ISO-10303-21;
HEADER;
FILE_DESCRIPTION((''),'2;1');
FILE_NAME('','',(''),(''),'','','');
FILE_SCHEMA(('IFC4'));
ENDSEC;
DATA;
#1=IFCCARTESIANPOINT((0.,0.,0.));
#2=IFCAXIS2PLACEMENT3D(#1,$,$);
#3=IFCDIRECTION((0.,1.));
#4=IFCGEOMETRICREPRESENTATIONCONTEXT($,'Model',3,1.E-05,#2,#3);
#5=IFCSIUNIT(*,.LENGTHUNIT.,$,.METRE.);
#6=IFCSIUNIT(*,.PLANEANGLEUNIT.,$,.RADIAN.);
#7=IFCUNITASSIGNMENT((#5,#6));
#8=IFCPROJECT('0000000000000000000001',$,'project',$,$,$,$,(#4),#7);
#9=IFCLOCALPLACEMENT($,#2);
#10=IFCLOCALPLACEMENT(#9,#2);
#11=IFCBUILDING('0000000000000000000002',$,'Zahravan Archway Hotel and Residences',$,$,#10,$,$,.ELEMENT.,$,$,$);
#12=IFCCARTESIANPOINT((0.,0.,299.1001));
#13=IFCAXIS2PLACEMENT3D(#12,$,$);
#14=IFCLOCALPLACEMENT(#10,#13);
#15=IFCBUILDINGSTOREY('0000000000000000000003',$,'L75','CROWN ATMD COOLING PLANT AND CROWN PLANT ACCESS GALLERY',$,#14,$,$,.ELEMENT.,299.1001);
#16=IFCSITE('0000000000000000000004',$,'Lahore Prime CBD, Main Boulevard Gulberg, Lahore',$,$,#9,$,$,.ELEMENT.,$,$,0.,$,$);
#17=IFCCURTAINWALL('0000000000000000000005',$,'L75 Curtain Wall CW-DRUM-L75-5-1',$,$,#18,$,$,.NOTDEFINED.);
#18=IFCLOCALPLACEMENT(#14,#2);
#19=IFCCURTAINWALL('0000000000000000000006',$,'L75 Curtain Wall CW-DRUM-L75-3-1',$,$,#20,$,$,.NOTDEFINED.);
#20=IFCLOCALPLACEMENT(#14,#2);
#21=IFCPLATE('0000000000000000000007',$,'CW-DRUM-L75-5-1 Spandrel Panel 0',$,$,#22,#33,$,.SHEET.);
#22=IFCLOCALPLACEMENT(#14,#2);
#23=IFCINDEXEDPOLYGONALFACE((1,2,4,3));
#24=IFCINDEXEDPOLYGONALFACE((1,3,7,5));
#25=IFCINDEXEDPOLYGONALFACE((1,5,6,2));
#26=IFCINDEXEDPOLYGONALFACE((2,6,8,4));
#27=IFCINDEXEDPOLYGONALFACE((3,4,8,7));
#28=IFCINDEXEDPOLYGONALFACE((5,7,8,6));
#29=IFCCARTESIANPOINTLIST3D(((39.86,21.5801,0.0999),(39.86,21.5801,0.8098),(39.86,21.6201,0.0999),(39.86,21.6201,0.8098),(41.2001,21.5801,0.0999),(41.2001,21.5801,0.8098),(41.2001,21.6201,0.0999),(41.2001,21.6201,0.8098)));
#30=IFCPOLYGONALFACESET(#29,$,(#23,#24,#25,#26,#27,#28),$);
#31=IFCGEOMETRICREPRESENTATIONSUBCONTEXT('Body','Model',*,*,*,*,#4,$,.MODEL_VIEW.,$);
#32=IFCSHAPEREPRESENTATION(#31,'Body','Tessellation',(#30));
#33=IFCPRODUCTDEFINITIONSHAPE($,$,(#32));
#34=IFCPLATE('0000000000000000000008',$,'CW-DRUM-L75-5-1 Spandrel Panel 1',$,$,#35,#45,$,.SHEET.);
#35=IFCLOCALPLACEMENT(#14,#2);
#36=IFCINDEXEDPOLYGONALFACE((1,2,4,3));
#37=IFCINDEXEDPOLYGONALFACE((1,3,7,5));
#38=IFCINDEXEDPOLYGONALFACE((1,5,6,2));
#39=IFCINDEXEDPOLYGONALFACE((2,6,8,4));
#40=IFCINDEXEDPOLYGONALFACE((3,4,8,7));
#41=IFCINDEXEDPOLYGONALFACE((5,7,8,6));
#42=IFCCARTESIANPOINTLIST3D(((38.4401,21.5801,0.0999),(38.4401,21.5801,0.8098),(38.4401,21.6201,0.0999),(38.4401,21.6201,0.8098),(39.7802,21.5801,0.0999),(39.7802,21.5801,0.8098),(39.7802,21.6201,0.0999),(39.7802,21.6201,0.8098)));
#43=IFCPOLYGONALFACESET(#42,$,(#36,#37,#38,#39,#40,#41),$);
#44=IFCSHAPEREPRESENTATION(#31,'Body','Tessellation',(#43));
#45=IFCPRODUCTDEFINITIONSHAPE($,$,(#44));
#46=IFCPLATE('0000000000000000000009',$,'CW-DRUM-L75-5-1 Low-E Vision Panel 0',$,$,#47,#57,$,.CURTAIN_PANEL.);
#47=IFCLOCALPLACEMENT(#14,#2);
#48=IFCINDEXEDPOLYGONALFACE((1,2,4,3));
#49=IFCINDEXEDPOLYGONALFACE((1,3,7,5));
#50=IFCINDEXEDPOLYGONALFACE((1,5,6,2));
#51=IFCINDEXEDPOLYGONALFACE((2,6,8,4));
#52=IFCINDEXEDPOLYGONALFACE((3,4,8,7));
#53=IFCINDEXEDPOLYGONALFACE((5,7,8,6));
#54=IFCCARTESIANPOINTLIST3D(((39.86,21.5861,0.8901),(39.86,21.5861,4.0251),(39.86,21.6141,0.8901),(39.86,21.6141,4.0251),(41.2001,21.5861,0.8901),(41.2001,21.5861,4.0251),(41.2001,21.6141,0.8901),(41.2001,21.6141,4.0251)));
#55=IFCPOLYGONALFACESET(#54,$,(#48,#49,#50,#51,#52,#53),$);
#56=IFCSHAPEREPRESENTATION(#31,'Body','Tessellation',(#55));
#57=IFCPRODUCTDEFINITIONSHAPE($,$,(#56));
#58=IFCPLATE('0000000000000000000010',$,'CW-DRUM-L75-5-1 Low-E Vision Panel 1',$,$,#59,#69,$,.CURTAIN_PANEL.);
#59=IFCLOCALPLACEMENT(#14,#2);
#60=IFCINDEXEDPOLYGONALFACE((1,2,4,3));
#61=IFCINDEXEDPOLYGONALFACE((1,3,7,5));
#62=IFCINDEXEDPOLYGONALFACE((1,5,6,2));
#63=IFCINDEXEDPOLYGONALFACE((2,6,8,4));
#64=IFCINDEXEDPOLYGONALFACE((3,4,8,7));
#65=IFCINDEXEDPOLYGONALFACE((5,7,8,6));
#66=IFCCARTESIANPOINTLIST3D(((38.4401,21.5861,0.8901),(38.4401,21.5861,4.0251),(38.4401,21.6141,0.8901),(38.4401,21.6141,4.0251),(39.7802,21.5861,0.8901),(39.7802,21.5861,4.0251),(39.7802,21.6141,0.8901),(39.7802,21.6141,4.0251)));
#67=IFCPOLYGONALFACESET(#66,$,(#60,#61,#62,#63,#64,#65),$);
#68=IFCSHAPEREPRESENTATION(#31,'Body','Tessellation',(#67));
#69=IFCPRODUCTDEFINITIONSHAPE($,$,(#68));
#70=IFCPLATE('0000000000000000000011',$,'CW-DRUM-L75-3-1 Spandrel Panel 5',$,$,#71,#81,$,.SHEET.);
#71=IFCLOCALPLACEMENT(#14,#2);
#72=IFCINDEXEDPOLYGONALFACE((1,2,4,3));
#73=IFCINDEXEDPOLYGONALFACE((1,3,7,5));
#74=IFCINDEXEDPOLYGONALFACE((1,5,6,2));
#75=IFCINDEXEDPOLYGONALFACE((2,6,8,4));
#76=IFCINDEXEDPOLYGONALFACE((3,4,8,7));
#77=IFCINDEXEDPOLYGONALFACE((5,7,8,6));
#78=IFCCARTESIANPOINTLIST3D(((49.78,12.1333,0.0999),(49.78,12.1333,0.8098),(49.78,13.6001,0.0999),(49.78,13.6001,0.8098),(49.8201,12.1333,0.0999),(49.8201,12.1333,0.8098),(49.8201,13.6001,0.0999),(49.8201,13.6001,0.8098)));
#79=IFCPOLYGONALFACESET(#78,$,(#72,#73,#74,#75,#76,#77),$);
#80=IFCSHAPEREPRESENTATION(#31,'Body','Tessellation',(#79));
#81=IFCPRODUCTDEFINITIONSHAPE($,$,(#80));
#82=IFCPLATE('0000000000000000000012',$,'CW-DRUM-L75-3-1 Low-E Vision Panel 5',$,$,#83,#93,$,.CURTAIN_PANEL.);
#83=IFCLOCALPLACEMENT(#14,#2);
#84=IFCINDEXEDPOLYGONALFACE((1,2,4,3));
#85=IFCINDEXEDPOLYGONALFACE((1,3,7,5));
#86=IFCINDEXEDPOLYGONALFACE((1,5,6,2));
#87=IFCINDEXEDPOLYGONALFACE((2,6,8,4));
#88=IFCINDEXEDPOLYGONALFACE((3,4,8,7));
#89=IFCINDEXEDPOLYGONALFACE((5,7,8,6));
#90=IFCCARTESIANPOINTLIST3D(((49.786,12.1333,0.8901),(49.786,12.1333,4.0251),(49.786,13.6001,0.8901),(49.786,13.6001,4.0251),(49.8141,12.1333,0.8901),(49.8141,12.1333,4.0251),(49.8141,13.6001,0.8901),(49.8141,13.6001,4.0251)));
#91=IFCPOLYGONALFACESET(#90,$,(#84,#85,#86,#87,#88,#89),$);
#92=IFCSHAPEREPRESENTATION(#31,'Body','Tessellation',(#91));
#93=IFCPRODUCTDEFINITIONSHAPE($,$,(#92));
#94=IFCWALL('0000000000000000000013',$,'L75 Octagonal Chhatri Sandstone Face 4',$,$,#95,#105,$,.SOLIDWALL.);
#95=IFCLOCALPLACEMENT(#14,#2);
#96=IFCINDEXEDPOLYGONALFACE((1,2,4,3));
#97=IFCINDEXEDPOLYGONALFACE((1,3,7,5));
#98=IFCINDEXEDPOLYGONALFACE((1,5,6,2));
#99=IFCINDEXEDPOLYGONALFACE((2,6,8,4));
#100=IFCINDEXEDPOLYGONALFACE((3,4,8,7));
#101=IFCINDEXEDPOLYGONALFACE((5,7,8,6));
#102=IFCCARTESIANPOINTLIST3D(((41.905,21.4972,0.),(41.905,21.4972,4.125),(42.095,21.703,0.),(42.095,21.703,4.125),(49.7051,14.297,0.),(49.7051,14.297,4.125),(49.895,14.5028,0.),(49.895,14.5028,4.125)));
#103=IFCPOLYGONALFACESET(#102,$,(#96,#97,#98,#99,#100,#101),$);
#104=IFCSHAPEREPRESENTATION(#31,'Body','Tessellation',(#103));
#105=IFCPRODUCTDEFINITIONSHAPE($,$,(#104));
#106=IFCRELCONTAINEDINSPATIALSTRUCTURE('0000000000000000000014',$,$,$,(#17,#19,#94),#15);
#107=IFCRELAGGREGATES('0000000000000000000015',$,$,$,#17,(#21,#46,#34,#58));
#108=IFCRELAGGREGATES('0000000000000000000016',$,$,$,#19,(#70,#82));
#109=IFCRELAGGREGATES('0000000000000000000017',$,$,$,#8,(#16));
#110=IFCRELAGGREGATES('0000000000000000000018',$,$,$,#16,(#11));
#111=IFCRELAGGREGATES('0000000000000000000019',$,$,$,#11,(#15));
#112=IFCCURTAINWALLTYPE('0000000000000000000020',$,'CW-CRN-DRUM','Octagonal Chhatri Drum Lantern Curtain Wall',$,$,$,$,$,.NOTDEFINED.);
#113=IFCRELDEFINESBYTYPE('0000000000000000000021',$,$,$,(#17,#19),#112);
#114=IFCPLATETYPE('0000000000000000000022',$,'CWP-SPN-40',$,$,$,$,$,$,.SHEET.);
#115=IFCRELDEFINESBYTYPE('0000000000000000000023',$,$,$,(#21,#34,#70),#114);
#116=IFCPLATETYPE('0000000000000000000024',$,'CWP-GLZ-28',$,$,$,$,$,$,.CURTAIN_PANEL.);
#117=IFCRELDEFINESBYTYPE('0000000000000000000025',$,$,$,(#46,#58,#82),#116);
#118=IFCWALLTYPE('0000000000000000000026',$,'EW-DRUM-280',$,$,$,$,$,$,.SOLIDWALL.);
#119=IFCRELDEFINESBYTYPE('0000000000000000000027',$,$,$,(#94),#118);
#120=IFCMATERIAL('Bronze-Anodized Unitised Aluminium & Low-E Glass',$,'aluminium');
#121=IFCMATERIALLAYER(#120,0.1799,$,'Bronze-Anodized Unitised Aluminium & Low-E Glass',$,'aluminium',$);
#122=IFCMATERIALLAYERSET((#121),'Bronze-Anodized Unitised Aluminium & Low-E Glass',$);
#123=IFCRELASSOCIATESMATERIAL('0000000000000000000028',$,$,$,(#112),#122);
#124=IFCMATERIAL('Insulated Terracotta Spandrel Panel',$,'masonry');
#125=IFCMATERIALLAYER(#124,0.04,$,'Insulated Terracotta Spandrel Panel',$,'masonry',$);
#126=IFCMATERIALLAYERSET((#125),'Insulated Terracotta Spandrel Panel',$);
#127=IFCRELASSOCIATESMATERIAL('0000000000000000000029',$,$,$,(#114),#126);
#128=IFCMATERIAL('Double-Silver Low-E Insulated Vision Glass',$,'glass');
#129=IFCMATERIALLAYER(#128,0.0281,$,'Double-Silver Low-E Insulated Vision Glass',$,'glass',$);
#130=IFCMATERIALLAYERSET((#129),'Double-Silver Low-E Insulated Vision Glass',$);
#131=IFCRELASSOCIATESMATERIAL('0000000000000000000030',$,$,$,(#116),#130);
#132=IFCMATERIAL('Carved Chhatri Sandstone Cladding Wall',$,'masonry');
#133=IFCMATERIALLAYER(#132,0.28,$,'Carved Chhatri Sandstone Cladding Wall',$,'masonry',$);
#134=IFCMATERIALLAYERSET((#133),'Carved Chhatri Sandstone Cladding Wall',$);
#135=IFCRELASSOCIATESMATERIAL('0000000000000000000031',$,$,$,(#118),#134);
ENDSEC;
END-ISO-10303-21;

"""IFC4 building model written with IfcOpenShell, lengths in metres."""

from ifc_helpers import new_model, si_unit, direction, frame, frame_2d, origin, origin_2d, place, context, subcontext, project, spatial, rectangle, extrude, source, transform, mapped, material, layer, layer_set, type_object, element, aggregate, save


model = new_model("IFC4")

# Units and contexts
model_context = context("Model", 3, precision=1e-05, world=origin(), true_north=direction((0.0, 1.0)))
body_context = subcontext(model_context, "Body", "Model", "MODEL_VIEW")
ifc_project = project(units=[si_unit("LENGTHUNIT", "METRE"), si_unit("PLANEANGLEUNIT", "RADIAN")], contexts=[model_context])

# Site, building, storey
site_placement = place(None, origin())
site = spatial("IfcSite", under=ifc_project, at=site_placement, Name="Lahore Prime CBD, Main Boulevard Gulberg, Lahore", CompositionType="ELEMENT", RefElevation=0.0)
building_placement = place(site_placement, origin())
building = spatial("IfcBuilding", under=site, at=building_placement, Name="Zahravan Archway Hotel and Residences", CompositionType="ELEMENT")
storey_placement = place(building_placement, frame((0.0, 0.0, 299.1001)))
storey = spatial("IfcBuildingStorey", under=building, at=storey_placement, Name="L75", Description="CROWN ATMD COOLING PLANT AND CROWN PLANT ACCESS GALLERY", CompositionType="ELEMENT", Elevation=299.1001)

# Curtain wall
ifc_material_1 = material(Name="Bronze-Anodized Unitised Aluminium & Low-E Glass", Category="aluminium")
ifc_layer_1 = layer(ifc_material_1, 0.1799, Name="Bronze-Anodized Unitised Aluminium & Low-E Glass", Category="aluminium")
ifc_layer_set_1 = layer_set([ifc_layer_1], Name="Bronze-Anodized Unitised Aluminium & Low-E Glass")
curtain_wall_type = type_object("IfcCurtainWallType", Name="CW-CRN-DRUM", Description="Octagonal Chhatri Drum Lantern Curtain Wall", PredefinedType="NOTDEFINED", material=ifc_layer_set_1)
curtain_wall_1_placement = place(storey_placement, origin())
curtain_wall_1 = element("IfcCurtainWall", 1, at=curtain_wall_1_placement, inside=storey, type_object=curtain_wall_type, Name="L75 Curtain Wall CW-DRUM-L75-5-1", PredefinedType="NOTDEFINED")

# Curtain wall
curtain_wall_2_placement = place(storey_placement, origin())
curtain_wall_2 = element("IfcCurtainWall", 2, at=curtain_wall_2_placement, inside=storey, type_object=curtain_wall_type, Name="L75 Curtain Wall CW-DRUM-L75-3-1", PredefinedType="NOTDEFINED")

# Plates
ifc_material_2 = material(Name="Insulated Terracotta Spandrel Panel", Category="masonry")
ifc_layer_2 = layer(ifc_material_2, 0.04, Name="Insulated Terracotta Spandrel Panel", Category="masonry")
ifc_layer_set_2 = layer_set([ifc_layer_2], Name="Insulated Terracotta Spandrel Panel")
plate_type_1 = type_object("IfcPlateType", Name="CWP-SPN-40", PredefinedType="SHEET", material=ifc_layer_set_2)
shared_shape_1 = source(origin(), body_context, "Body", "SweptSolid", [
    extrude(rectangle(XDim=1.3401, YDim=0.04, at=origin_2d()), origin(), (0.0, 0.0, 1.0), 0.71),
])
plate_1_placement = place(storey_placement, frame((40.53, 21.6001, 0.0999), z_axis=(0.0, 0.0, 1.0), x_axis=(-1.0, 0.0, 0.0)))
plate_1 = element("IfcPlate", 3, at=plate_1_placement, type_object=plate_type_1, Name="CW-DRUM-L75-5-1 Spandrel Panel 0", PredefinedType="SHEET", context=body_context, shape_type="MappedRepresentation", body=[
    mapped(shared_shape_1, transform((0.0, 0.0, 0.0), scale=1.0)),
])
plate_2_placement = place(storey_placement, frame((39.1101, 21.6001, 0.0999), z_axis=(0.0, 0.0, 1.0), x_axis=(-1.0, 0.0, 0.0)))
plate_2 = element("IfcPlate", 4, at=plate_2_placement, type_object=plate_type_1, Name="CW-DRUM-L75-5-1 Spandrel Panel 1", PredefinedType="SHEET", context=body_context, shape_type="MappedRepresentation", body=[
    mapped(shared_shape_1, transform((0.0, 0.0, 0.0), scale=1.0)),
])
ifc_material_3 = material(Name="Double-Silver Low-E Insulated Vision Glass", Category="glass")
ifc_layer_3 = layer(ifc_material_3, 0.0281, Name="Double-Silver Low-E Insulated Vision Glass", Category="glass")
ifc_layer_set_3 = layer_set([ifc_layer_3], Name="Double-Silver Low-E Insulated Vision Glass")
plate_type_2 = type_object("IfcPlateType", Name="CWP-GLZ-28", PredefinedType="CURTAIN_PANEL", material=ifc_layer_set_3)
shared_shape_2 = source(origin(), body_context, "Body", "SweptSolid", [
    extrude(rectangle(XDim=1.3401, YDim=0.0281, at=origin_2d()), origin(), (0.0, 0.0, 1.0), 3.135),
])
plate_3_placement = place(storey_placement, frame((40.53, 21.6001, 0.8901), z_axis=(0.0, 0.0, 1.0), x_axis=(-1.0, 0.0, 0.0)))
plate_3 = element("IfcPlate", 5, at=plate_3_placement, type_object=plate_type_2, Name="CW-DRUM-L75-5-1 Low-E Vision Panel 0", PredefinedType="CURTAIN_PANEL", context=body_context, shape_type="MappedRepresentation", body=[
    mapped(shared_shape_2, transform((0.0, 0.0, 0.0), scale=1.0)),
])
plate_4_placement = place(storey_placement, frame((39.1101, 21.6001, 0.8901), z_axis=(0.0, 0.0, 1.0), x_axis=(-1.0, 0.0, 0.0)))
plate_4 = element("IfcPlate", 6, at=plate_4_placement, type_object=plate_type_2, Name="CW-DRUM-L75-5-1 Low-E Vision Panel 1", PredefinedType="CURTAIN_PANEL", context=body_context, shape_type="MappedRepresentation", body=[
    mapped(shared_shape_2, transform((0.0, 0.0, 0.0), scale=1.0)),
])
aggregate(curtain_wall_1, [plate_1, plate_3, plate_2, plate_4])
shared_shape_3 = source(origin(), body_context, "Body", "SweptSolid", [
    extrude(rectangle(XDim=1.4668, YDim=0.04, at=origin_2d()), origin(), (0.0, 0.0, 1.0), 0.71),
])
plate_5_placement = place(storey_placement, frame((49.8, 12.8667, 0.0999), z_axis=(0.0, 0.0, 1.0), x_axis=(0.0, 1.0, 0.0)))
plate_5 = element("IfcPlate", 7, at=plate_5_placement, type_object=plate_type_1, Name="CW-DRUM-L75-3-1 Spandrel Panel 5", PredefinedType="SHEET", context=body_context, shape_type="MappedRepresentation", body=[
    mapped(shared_shape_3, transform((0.0, 0.0, 0.0), scale=1.0)),
])
shared_shape_4 = source(origin(), body_context, "Body", "SweptSolid", [
    extrude(rectangle(XDim=1.4668, YDim=0.0281, at=origin_2d()), origin(), (0.0, 0.0, 1.0), 3.135),
])
plate_6_placement = place(storey_placement, frame((49.8, 12.8667, 0.8901), z_axis=(0.0, 0.0, 1.0), x_axis=(0.0, 1.0, 0.0)))
plate_6 = element("IfcPlate", 8, at=plate_6_placement, type_object=plate_type_2, Name="CW-DRUM-L75-3-1 Low-E Vision Panel 5", PredefinedType="CURTAIN_PANEL", context=body_context, shape_type="MappedRepresentation", body=[
    mapped(shared_shape_4, transform((0.0, 0.0, 0.0), scale=1.0)),
])
aggregate(curtain_wall_2, [plate_5, plate_6])

# Wall
ifc_material_4 = material(Name="Carved Chhatri Sandstone Cladding Wall", Category="masonry")
ifc_layer_4 = layer(ifc_material_4, 0.28, Name="Carved Chhatri Sandstone Cladding Wall", Category="masonry")
ifc_layer_set_4 = layer_set([ifc_layer_4], Name="Carved Chhatri Sandstone Cladding Wall")
wall_type = type_object("IfcWallType", Name="EW-DRUM-280", PredefinedType="SOLIDWALL", material=ifc_layer_set_4)
wall_placement = place(storey_placement, frame((49.8, 14.3999, 0.0), z_axis=(0.0, 0.0, 1.0), x_axis=(-0.734796, 0.678288, 0.0)))
element("IfcWall", 9, at=wall_placement, inside=storey, type_object=wall_type, Name="L75 Octagonal Chhatri Sandstone Face 4", PredefinedType="SOLIDWALL", context=body_context, shape_type="SweptSolid", body=[
    extrude(rectangle(XDim=10.6152, YDim=0.28, at=frame_2d((5.3076, 0.0))), origin(), (0.0, 0.0, 1.0), 4.125),
])

save(model, "model.ifc")
